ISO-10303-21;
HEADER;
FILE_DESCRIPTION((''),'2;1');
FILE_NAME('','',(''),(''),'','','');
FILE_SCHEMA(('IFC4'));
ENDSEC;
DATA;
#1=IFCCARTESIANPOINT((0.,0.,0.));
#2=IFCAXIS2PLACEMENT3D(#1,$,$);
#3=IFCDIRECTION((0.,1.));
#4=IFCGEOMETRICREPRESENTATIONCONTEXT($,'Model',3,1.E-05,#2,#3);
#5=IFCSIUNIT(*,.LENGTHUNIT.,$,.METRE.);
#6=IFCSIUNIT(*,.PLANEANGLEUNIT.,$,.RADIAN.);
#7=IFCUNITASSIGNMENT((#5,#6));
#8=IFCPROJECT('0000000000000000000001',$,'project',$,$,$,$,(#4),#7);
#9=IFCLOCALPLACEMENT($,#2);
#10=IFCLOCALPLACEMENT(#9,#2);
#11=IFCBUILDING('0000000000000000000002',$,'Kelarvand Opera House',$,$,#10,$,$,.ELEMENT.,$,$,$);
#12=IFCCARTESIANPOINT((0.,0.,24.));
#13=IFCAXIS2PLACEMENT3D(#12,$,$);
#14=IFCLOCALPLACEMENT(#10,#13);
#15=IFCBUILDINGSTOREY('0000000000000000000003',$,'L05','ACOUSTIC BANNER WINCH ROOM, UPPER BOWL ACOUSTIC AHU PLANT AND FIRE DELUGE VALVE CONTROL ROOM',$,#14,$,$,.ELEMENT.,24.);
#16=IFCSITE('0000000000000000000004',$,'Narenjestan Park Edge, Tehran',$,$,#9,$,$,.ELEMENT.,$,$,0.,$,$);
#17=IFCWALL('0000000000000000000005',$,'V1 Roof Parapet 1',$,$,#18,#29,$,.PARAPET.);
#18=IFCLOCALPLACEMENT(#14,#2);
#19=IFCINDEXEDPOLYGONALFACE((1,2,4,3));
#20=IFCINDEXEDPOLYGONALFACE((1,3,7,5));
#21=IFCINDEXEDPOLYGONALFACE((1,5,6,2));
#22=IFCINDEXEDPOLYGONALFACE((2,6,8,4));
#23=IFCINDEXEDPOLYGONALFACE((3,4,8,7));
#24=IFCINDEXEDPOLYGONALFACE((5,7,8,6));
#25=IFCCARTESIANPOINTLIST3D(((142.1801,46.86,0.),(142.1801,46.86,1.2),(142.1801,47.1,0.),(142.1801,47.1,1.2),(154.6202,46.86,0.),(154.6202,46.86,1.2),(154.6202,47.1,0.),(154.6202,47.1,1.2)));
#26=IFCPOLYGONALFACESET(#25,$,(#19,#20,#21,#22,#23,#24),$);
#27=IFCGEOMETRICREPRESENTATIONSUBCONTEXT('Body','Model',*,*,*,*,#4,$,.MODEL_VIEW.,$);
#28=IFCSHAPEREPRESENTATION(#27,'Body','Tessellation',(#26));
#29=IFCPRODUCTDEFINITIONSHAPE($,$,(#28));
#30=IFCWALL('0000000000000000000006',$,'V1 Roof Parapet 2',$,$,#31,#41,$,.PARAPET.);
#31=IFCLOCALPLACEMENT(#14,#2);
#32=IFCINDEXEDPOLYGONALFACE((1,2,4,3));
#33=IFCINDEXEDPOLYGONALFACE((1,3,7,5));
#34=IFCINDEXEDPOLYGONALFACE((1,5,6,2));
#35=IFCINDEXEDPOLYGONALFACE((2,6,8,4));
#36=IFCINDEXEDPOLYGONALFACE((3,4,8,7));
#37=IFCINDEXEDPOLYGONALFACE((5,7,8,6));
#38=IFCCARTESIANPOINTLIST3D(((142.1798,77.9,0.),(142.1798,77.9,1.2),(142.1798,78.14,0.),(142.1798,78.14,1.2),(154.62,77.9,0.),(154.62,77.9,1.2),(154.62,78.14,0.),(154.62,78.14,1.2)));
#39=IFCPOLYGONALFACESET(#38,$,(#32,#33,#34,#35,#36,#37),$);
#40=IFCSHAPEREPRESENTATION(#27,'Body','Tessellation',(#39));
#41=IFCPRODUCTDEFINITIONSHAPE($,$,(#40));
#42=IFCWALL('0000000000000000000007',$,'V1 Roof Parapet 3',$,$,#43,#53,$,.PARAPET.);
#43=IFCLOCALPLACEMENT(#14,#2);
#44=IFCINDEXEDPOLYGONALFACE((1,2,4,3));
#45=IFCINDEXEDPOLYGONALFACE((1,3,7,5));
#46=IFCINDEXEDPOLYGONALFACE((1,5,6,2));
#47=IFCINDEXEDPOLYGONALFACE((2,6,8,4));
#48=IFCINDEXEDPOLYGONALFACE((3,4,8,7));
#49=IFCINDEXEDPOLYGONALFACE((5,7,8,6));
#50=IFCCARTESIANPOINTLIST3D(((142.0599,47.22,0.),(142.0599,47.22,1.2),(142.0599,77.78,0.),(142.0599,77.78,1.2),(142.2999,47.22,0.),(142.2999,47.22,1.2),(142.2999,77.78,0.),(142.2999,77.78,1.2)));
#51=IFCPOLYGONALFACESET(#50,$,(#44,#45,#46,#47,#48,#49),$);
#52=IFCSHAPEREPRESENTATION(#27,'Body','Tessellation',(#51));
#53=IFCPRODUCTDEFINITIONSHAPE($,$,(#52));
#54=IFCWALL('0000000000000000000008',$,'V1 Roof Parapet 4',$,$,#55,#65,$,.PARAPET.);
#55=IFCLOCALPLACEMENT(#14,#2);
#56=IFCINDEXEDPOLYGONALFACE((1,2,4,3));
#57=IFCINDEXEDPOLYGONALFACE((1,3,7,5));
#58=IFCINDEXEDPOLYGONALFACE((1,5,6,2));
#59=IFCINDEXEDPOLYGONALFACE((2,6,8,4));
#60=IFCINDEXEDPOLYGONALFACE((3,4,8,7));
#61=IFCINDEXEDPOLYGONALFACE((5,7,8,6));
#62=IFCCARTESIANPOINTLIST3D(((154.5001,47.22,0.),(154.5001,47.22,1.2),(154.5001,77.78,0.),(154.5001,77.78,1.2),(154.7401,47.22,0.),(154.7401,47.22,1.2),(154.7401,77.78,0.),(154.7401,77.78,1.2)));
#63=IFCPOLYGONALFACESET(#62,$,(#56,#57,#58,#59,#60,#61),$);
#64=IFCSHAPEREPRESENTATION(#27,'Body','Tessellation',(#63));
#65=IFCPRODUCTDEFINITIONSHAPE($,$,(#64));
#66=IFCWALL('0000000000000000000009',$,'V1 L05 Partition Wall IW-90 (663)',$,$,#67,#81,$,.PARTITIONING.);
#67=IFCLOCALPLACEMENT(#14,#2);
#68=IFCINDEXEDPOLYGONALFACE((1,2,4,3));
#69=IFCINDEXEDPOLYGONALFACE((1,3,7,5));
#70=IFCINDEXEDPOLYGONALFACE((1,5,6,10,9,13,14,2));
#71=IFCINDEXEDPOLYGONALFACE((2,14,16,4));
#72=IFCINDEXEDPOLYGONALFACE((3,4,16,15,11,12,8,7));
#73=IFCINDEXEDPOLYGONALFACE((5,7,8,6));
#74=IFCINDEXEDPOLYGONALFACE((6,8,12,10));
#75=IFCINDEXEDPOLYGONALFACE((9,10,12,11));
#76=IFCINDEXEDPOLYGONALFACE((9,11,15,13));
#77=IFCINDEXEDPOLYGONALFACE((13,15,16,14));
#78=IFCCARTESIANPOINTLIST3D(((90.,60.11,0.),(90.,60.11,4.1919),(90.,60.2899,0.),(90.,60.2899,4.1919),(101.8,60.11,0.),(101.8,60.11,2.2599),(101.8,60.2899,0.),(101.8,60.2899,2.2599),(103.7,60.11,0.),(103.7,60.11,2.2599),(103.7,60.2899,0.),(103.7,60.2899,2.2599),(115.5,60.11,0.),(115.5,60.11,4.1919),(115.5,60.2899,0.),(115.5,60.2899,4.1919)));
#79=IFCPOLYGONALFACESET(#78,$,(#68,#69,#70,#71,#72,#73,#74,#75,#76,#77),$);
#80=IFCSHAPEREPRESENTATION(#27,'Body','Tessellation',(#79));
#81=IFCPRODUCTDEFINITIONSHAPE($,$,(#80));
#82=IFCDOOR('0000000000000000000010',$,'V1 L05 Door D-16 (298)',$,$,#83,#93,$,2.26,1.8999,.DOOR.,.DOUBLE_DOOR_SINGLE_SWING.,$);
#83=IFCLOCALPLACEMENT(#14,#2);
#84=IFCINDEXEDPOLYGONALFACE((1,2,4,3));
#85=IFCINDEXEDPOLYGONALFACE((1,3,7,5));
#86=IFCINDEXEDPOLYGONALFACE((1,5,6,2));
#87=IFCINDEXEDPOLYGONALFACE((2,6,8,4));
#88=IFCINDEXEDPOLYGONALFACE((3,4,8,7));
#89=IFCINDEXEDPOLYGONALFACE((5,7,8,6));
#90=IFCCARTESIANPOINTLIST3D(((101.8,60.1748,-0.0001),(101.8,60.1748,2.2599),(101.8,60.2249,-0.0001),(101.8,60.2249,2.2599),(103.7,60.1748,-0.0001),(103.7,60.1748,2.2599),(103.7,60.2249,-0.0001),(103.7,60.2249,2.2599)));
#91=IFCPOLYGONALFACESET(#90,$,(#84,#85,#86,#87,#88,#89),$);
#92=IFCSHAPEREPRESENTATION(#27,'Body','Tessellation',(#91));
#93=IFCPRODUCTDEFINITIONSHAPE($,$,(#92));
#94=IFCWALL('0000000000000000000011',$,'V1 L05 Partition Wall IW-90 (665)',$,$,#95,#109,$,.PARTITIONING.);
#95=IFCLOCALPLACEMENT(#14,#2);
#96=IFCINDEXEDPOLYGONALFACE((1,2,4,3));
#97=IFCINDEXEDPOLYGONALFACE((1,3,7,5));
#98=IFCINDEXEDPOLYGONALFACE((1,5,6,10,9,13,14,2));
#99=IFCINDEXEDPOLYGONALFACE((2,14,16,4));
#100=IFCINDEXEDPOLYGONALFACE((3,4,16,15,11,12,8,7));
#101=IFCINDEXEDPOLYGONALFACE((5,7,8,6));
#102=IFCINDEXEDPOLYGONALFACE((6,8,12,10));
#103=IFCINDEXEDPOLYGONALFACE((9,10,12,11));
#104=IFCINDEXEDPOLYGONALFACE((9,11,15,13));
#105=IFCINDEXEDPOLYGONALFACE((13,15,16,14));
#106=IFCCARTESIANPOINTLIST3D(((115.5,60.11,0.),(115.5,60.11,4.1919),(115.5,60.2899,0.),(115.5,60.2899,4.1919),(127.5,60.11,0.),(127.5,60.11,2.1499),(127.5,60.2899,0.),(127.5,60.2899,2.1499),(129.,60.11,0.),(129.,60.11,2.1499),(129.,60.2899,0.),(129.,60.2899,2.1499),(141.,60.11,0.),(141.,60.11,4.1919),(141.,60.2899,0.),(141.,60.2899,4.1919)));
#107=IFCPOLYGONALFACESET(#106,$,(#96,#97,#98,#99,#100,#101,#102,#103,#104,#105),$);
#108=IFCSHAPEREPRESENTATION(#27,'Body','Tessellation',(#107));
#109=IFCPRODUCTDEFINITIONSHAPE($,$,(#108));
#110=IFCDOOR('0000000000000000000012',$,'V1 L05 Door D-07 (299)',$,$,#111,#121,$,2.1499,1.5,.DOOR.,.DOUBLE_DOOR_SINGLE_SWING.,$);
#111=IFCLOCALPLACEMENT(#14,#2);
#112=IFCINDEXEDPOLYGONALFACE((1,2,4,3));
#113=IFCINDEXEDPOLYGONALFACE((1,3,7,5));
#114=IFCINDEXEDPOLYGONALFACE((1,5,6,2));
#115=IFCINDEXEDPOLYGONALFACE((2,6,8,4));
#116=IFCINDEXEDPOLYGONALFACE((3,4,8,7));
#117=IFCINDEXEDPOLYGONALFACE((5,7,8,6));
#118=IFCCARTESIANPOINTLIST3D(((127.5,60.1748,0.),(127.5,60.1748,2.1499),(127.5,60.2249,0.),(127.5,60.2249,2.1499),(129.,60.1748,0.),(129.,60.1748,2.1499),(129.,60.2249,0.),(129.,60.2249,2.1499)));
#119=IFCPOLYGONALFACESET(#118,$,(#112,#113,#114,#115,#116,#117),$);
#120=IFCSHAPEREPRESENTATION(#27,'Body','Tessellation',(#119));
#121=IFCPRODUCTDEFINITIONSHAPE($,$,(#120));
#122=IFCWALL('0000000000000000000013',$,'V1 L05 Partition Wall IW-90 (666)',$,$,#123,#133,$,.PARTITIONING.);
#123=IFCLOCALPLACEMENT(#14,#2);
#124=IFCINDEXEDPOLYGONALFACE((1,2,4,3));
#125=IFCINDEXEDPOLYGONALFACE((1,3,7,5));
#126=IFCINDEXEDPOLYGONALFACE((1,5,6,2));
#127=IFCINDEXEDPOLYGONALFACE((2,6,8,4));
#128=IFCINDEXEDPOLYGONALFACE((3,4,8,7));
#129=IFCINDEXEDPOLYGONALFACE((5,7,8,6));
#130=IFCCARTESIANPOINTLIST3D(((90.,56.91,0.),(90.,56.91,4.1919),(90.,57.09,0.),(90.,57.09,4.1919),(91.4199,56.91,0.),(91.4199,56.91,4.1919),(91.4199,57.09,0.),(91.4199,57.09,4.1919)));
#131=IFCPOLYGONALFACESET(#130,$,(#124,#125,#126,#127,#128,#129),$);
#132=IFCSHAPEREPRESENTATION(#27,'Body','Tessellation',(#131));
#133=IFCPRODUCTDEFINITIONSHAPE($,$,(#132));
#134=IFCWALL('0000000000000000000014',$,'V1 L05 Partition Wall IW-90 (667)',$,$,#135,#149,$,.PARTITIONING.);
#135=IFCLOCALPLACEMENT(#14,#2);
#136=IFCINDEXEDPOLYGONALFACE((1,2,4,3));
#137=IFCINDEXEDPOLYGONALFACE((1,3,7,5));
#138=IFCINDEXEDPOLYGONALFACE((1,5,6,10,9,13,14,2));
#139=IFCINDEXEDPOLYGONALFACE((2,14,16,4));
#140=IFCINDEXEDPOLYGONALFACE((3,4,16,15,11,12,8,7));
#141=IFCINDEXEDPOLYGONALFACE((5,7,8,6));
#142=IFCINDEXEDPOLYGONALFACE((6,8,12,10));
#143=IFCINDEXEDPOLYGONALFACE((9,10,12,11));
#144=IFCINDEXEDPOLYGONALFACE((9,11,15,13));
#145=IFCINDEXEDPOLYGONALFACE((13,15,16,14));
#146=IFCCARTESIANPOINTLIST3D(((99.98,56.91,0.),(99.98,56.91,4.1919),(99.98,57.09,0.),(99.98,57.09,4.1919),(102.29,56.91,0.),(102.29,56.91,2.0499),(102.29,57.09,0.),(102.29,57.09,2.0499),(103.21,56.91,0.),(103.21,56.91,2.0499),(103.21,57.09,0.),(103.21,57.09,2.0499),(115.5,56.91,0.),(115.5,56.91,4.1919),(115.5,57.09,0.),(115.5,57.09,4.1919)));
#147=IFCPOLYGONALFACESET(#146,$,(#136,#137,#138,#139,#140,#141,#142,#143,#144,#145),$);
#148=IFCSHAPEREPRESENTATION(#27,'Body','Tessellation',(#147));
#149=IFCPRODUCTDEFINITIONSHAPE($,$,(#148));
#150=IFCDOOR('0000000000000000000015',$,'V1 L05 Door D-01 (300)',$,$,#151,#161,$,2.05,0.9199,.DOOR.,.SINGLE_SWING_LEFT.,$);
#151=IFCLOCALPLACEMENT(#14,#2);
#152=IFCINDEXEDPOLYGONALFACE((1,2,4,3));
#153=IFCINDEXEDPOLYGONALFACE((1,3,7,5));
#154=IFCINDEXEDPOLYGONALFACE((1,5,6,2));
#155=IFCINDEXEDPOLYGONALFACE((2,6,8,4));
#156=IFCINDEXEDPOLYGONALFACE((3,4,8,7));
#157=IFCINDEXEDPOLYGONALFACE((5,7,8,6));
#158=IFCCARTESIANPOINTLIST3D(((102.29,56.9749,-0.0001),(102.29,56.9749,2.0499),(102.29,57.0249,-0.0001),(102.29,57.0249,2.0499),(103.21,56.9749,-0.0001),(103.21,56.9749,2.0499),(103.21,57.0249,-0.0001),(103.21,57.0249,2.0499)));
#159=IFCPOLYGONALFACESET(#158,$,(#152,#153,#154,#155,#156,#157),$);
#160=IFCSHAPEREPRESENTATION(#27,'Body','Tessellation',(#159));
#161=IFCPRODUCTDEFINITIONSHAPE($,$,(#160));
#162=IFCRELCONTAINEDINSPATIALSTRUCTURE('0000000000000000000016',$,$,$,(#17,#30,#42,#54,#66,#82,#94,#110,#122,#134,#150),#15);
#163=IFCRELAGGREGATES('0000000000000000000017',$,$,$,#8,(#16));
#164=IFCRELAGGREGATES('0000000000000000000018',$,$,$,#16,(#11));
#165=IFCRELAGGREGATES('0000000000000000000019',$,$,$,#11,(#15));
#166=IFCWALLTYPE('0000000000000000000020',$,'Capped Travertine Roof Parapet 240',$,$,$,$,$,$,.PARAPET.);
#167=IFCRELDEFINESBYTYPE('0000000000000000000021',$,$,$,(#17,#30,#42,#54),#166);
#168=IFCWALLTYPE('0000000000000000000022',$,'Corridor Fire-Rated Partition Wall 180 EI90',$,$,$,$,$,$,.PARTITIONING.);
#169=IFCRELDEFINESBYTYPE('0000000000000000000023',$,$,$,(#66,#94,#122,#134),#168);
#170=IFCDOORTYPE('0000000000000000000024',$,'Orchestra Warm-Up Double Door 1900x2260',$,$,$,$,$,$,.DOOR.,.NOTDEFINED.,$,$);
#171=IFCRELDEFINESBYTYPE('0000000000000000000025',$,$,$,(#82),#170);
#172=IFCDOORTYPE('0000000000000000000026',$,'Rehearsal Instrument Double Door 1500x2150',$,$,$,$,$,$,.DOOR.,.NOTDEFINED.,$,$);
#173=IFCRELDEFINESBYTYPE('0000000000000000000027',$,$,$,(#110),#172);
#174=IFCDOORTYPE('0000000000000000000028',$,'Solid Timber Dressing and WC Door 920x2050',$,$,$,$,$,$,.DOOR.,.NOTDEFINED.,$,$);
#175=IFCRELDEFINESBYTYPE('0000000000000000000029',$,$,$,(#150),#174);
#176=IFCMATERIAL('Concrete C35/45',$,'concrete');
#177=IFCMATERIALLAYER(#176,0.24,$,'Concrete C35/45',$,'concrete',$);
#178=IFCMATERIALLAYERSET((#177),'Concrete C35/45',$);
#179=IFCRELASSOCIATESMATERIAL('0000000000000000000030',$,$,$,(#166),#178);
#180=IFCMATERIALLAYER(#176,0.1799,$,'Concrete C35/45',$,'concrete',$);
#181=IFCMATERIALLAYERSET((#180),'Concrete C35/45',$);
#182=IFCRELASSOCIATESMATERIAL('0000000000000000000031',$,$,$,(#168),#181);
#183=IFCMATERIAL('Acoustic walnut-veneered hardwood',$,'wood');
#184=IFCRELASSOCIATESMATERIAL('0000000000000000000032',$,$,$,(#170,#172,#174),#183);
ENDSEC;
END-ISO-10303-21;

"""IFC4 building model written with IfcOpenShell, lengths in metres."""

from ifc_helpers import new_model, si_unit, direction, frame, frame_2d, origin, place, context, subcontext, project, spatial, rectangle, extrude, material, layer, layer_set, type_object, element, fill, save


model = new_model("IFC4")

# Units and contexts
model_context = context("Model", 3, precision=1e-05, world=origin(), true_north=direction((0.0, 1.0)))
body_context = subcontext(model_context, "Body", "Model", "MODEL_VIEW")
ifc_project = project(units=[si_unit("LENGTHUNIT", "METRE"), si_unit("PLANEANGLEUNIT", "RADIAN")], contexts=[model_context])

# Site, building, storey
site_placement = place(None, origin())
site = spatial("IfcSite", under=ifc_project, at=site_placement, Name="Narenjestan Park Edge, Tehran", CompositionType="ELEMENT", RefElevation=0.0)
building_placement = place(site_placement, origin())
building = spatial("IfcBuilding", under=site, at=building_placement, Name="Kelarvand Opera House", CompositionType="ELEMENT")
storey_placement = place(building_placement, frame((0.0, 0.0, 24.0)))
storey = spatial("IfcBuildingStorey", under=building, at=storey_placement, Name="L05", Description="ACOUSTIC BANNER WINCH ROOM, UPPER BOWL ACOUSTIC AHU PLANT AND FIRE DELUGE VALVE CONTROL ROOM", CompositionType="ELEMENT", Elevation=24.0)

# Walls
ifc_material_1 = material(Name="Concrete C35/45", Category="concrete")
ifc_layer_1 = layer(ifc_material_1, 0.24, Name="Concrete C35/45", Category="concrete")
ifc_layer_set_1 = layer_set([ifc_layer_1], Name="Concrete C35/45")
wall_type_1 = type_object("IfcWallType", Name="Capped Travertine Roof Parapet 240", PredefinedType="PARAPET", material=ifc_layer_set_1)
for number, where, z_axis, x_axis, name in (
    (1, (142.1799, 46.98, 0.0), (0.0, 0.0, 1.0), (1.0, 0.0, 0.0), "V1 Roof Parapet 1"),
    (2, (154.6201, 78.02, 0.0), (0.0, 0.0, 1.0), (-1.0, 0.0, 0.0), "V1 Roof Parapet 2"),
):
    element("IfcWall", number, at=place(storey_placement, frame(where, z_axis=z_axis, x_axis=x_axis)), inside=storey, type_object=wall_type_1, Name=name, PredefinedType="PARAPET", context=body_context, shape_type="SweptSolid", body=[
        extrude(rectangle(XDim=12.4402, YDim=0.24, at=frame_2d((6.2202, 0.0))), origin(), (0.0, 0.0, 1.0), 1.2),
    ])
for number, where, z_axis, x_axis, name in (
    (3, (142.1799, 77.78, 0.0), (0.0, 0.0, 1.0), (0.0, -1.0, 0.0), "V1 Roof Parapet 3"),
    (4, (154.6201, 47.22, 0.0), (0.0, 0.0, 1.0), (0.0, 1.0, 0.0), "V1 Roof Parapet 4"),
):
    element("IfcWall", number, at=place(storey_placement, frame(where, z_axis=z_axis, x_axis=x_axis)), inside=storey, type_object=wall_type_1, Name=name, PredefinedType="PARAPET", context=body_context, shape_type="SweptSolid", body=[
        extrude(rectangle(XDim=30.5601, YDim=0.24, at=frame_2d((15.28, 0.0))), origin(), (0.0, 0.0, 1.0), 1.2),
    ])

# Walls, openings, doors
ifc_layer_2 = layer(ifc_material_1, 0.1799, Name="Concrete C35/45", Category="concrete")
ifc_layer_set_2 = layer_set([ifc_layer_2], Name="Concrete C35/45")
wall_type_2 = type_object("IfcWallType", Name="Corridor Fire-Rated Partition Wall 180 EI90", PredefinedType="PARTITIONING", material=ifc_layer_set_2)
wall_1_placement = place(storey_placement, frame((90.0, 60.2, 0.0), z_axis=(0.0, 0.0, 1.0), x_axis=(1.0, 0.0, 0.0)))
wall_1 = element("IfcWall", 5, at=wall_1_placement, inside=storey, type_object=wall_type_2, Name="V1 L05 Partition Wall IW-90 (663)", PredefinedType="PARTITIONING", context=body_context, shape_type="SweptSolid", body=[
    extrude(rectangle(XDim=25.5, YDim=0.1799, at=frame_2d((12.75, 0.0))), origin(), (0.0, 0.0, 1.0), 4.1919),
])
opening_1_placement = place(wall_1_placement, frame((11.8, 0.0, 0.0)))
opening_1 = element("IfcOpeningElement", 6, at=opening_1_placement, cuts=wall_1, PredefinedType="OPENING", context=body_context, shape_type="SweptSolid", body=[
    extrude(rectangle(XDim=1.8999, YDim=2.26, at=frame_2d((0.95, 1.1299))), frame((0.0, 0.1001, 0.0), z_axis=(0.0, -1.0, 0.0), x_axis=(1.0, 0.0, 0.0)), (0.0, 0.0, 1.0), 0.2),
])
ifc_material_2 = material(Name="Acoustic walnut-veneered hardwood", Category="wood")
door_type_1 = type_object("IfcDoorType", Name="Orchestra Warm-Up Double Door 1900x2260", OperationType="NOTDEFINED", PredefinedType="DOOR", material=ifc_material_2)
door_1_placement = place(opening_1_placement, origin())
door_1 = element("IfcDoor", 7, at=door_1_placement, inside=storey, type_object=door_type_1, Name="V1 L05 Door D-16 (298)", OperationType="DOUBLE_DOOR_SINGLE_SWING", OverallHeight=2.26, OverallWidth=1.8999, PredefinedType="DOOR", context=body_context, shape_type="SweptSolid", body=[
    extrude(rectangle(XDim=1.8999, YDim=2.26, at=frame_2d((0.95, 1.1299))), frame((0.0, 0.0249, 0.0), z_axis=(0.0, -1.0, 0.0), x_axis=(1.0, 0.0, 0.0)), (0.0, 0.0, 1.0), 0.05),
])
fill(opening_1, door_1)
wall_2_placement = place(storey_placement, frame((115.5, 60.2, 0.0), z_axis=(0.0, 0.0, 1.0), x_axis=(1.0, 0.0, 0.0)))
wall_2 = element("IfcWall", 8, at=wall_2_placement, inside=storey, type_object=wall_type_2, Name="V1 L05 Partition Wall IW-90 (665)", PredefinedType="PARTITIONING", context=body_context, shape_type="SweptSolid", body=[
    extrude(rectangle(XDim=25.5, YDim=0.1799, at=frame_2d((12.75, 0.0))), origin(), (0.0, 0.0, 1.0), 4.1919),
])
opening_2_placement = place(wall_2_placement, frame((12.0, 0.0, 0.0)))
opening_2 = element("IfcOpeningElement", 9, at=opening_2_placement, cuts=wall_2, PredefinedType="OPENING", context=body_context, shape_type="SweptSolid", body=[
    extrude(rectangle(XDim=1.5, YDim=2.1499, at=frame_2d((0.75, 1.075))), frame((0.0, 0.1001, 0.0), z_axis=(0.0, -1.0, 0.0), x_axis=(1.0, 0.0, 0.0)), (0.0, 0.0, 1.0), 0.2),
])
door_type_2 = type_object("IfcDoorType", Name="Rehearsal Instrument Double Door 1500x2150", OperationType="NOTDEFINED", PredefinedType="DOOR", material=ifc_material_2)
door_2_placement = place(opening_2_placement, origin())
door_2 = element("IfcDoor", 10, at=door_2_placement, inside=storey, type_object=door_type_2, Name="V1 L05 Door D-07 (299)", OperationType="DOUBLE_DOOR_SINGLE_SWING", OverallHeight=2.1499, OverallWidth=1.5, PredefinedType="DOOR", context=body_context, shape_type="SweptSolid", body=[
    extrude(rectangle(XDim=1.5, YDim=2.1499, at=frame_2d((0.75, 1.075))), frame((0.0, 0.0249, 0.0), z_axis=(0.0, -1.0, 0.0), x_axis=(1.0, 0.0, 0.0)), (0.0, 0.0, 1.0), 0.05),
])
fill(opening_2, door_2)

# Wall
wall_3_placement = place(storey_placement, frame((90.0, 57.0, 0.0), z_axis=(0.0, 0.0, 1.0), x_axis=(1.0, 0.0, 0.0)))
element("IfcWall", 11, at=wall_3_placement, inside=storey, type_object=wall_type_2, Name="V1 L05 Partition Wall IW-90 (666)", PredefinedType="PARTITIONING", context=body_context, shape_type="SweptSolid", body=[
    extrude(rectangle(XDim=1.4199, YDim=0.1799, at=frame_2d((0.71, 0.0))), origin(), (0.0, 0.0, 1.0), 4.1919),
])

# Wall, opening, door
wall_4_placement = place(storey_placement, frame((99.98, 57.0, 0.0), z_axis=(0.0, 0.0, 1.0), x_axis=(1.0, 0.0, 0.0)))
wall_4 = element("IfcWall", 12, at=wall_4_placement, inside=storey, type_object=wall_type_2, Name="V1 L05 Partition Wall IW-90 (667)", PredefinedType="PARTITIONING", context=body_context, shape_type="SweptSolid", body=[
    extrude(rectangle(XDim=15.52, YDim=0.1799, at=frame_2d((7.76, 0.0))), origin(), (0.0, 0.0, 1.0), 4.1919),
])
opening_3_placement = place(wall_4_placement, frame((2.3101, 0.0, 0.0)))
opening_3 = element("IfcOpeningElement", 13, at=opening_3_placement, cuts=wall_4, PredefinedType="OPENING", context=body_context, shape_type="SweptSolid", body=[
    extrude(rectangle(XDim=0.9199, YDim=2.05, at=frame_2d((0.46, 1.0249))), frame((0.0, 0.1001, 0.0), z_axis=(0.0, -1.0, 0.0), x_axis=(1.0, 0.0, 0.0)), (0.0, 0.0, 1.0), 0.2),
])
door_type_3 = type_object("IfcDoorType", Name="Solid Timber Dressing and WC Door 920x2050", OperationType="NOTDEFINED", PredefinedType="DOOR", material=ifc_material_2)
door_3_placement = place(opening_3_placement, origin())
door_3 = element("IfcDoor", 14, at=door_3_placement, inside=storey, type_object=door_type_3, Name="V1 L05 Door D-01 (300)", OperationType="SINGLE_SWING_LEFT", OverallHeight=2.05, OverallWidth=0.9199, PredefinedType="DOOR", context=body_context, shape_type="SweptSolid", body=[
    extrude(rectangle(XDim=0.9199, YDim=2.05, at=frame_2d((0.46, 1.0249))), frame((0.0, 0.0249, 0.0), z_axis=(0.0, -1.0, 0.0), x_axis=(1.0, 0.0, 0.0)), (0.0, 0.0, 1.0), 0.05),
])
fill(opening_3, door_3)

save(model, "model.ifc")
